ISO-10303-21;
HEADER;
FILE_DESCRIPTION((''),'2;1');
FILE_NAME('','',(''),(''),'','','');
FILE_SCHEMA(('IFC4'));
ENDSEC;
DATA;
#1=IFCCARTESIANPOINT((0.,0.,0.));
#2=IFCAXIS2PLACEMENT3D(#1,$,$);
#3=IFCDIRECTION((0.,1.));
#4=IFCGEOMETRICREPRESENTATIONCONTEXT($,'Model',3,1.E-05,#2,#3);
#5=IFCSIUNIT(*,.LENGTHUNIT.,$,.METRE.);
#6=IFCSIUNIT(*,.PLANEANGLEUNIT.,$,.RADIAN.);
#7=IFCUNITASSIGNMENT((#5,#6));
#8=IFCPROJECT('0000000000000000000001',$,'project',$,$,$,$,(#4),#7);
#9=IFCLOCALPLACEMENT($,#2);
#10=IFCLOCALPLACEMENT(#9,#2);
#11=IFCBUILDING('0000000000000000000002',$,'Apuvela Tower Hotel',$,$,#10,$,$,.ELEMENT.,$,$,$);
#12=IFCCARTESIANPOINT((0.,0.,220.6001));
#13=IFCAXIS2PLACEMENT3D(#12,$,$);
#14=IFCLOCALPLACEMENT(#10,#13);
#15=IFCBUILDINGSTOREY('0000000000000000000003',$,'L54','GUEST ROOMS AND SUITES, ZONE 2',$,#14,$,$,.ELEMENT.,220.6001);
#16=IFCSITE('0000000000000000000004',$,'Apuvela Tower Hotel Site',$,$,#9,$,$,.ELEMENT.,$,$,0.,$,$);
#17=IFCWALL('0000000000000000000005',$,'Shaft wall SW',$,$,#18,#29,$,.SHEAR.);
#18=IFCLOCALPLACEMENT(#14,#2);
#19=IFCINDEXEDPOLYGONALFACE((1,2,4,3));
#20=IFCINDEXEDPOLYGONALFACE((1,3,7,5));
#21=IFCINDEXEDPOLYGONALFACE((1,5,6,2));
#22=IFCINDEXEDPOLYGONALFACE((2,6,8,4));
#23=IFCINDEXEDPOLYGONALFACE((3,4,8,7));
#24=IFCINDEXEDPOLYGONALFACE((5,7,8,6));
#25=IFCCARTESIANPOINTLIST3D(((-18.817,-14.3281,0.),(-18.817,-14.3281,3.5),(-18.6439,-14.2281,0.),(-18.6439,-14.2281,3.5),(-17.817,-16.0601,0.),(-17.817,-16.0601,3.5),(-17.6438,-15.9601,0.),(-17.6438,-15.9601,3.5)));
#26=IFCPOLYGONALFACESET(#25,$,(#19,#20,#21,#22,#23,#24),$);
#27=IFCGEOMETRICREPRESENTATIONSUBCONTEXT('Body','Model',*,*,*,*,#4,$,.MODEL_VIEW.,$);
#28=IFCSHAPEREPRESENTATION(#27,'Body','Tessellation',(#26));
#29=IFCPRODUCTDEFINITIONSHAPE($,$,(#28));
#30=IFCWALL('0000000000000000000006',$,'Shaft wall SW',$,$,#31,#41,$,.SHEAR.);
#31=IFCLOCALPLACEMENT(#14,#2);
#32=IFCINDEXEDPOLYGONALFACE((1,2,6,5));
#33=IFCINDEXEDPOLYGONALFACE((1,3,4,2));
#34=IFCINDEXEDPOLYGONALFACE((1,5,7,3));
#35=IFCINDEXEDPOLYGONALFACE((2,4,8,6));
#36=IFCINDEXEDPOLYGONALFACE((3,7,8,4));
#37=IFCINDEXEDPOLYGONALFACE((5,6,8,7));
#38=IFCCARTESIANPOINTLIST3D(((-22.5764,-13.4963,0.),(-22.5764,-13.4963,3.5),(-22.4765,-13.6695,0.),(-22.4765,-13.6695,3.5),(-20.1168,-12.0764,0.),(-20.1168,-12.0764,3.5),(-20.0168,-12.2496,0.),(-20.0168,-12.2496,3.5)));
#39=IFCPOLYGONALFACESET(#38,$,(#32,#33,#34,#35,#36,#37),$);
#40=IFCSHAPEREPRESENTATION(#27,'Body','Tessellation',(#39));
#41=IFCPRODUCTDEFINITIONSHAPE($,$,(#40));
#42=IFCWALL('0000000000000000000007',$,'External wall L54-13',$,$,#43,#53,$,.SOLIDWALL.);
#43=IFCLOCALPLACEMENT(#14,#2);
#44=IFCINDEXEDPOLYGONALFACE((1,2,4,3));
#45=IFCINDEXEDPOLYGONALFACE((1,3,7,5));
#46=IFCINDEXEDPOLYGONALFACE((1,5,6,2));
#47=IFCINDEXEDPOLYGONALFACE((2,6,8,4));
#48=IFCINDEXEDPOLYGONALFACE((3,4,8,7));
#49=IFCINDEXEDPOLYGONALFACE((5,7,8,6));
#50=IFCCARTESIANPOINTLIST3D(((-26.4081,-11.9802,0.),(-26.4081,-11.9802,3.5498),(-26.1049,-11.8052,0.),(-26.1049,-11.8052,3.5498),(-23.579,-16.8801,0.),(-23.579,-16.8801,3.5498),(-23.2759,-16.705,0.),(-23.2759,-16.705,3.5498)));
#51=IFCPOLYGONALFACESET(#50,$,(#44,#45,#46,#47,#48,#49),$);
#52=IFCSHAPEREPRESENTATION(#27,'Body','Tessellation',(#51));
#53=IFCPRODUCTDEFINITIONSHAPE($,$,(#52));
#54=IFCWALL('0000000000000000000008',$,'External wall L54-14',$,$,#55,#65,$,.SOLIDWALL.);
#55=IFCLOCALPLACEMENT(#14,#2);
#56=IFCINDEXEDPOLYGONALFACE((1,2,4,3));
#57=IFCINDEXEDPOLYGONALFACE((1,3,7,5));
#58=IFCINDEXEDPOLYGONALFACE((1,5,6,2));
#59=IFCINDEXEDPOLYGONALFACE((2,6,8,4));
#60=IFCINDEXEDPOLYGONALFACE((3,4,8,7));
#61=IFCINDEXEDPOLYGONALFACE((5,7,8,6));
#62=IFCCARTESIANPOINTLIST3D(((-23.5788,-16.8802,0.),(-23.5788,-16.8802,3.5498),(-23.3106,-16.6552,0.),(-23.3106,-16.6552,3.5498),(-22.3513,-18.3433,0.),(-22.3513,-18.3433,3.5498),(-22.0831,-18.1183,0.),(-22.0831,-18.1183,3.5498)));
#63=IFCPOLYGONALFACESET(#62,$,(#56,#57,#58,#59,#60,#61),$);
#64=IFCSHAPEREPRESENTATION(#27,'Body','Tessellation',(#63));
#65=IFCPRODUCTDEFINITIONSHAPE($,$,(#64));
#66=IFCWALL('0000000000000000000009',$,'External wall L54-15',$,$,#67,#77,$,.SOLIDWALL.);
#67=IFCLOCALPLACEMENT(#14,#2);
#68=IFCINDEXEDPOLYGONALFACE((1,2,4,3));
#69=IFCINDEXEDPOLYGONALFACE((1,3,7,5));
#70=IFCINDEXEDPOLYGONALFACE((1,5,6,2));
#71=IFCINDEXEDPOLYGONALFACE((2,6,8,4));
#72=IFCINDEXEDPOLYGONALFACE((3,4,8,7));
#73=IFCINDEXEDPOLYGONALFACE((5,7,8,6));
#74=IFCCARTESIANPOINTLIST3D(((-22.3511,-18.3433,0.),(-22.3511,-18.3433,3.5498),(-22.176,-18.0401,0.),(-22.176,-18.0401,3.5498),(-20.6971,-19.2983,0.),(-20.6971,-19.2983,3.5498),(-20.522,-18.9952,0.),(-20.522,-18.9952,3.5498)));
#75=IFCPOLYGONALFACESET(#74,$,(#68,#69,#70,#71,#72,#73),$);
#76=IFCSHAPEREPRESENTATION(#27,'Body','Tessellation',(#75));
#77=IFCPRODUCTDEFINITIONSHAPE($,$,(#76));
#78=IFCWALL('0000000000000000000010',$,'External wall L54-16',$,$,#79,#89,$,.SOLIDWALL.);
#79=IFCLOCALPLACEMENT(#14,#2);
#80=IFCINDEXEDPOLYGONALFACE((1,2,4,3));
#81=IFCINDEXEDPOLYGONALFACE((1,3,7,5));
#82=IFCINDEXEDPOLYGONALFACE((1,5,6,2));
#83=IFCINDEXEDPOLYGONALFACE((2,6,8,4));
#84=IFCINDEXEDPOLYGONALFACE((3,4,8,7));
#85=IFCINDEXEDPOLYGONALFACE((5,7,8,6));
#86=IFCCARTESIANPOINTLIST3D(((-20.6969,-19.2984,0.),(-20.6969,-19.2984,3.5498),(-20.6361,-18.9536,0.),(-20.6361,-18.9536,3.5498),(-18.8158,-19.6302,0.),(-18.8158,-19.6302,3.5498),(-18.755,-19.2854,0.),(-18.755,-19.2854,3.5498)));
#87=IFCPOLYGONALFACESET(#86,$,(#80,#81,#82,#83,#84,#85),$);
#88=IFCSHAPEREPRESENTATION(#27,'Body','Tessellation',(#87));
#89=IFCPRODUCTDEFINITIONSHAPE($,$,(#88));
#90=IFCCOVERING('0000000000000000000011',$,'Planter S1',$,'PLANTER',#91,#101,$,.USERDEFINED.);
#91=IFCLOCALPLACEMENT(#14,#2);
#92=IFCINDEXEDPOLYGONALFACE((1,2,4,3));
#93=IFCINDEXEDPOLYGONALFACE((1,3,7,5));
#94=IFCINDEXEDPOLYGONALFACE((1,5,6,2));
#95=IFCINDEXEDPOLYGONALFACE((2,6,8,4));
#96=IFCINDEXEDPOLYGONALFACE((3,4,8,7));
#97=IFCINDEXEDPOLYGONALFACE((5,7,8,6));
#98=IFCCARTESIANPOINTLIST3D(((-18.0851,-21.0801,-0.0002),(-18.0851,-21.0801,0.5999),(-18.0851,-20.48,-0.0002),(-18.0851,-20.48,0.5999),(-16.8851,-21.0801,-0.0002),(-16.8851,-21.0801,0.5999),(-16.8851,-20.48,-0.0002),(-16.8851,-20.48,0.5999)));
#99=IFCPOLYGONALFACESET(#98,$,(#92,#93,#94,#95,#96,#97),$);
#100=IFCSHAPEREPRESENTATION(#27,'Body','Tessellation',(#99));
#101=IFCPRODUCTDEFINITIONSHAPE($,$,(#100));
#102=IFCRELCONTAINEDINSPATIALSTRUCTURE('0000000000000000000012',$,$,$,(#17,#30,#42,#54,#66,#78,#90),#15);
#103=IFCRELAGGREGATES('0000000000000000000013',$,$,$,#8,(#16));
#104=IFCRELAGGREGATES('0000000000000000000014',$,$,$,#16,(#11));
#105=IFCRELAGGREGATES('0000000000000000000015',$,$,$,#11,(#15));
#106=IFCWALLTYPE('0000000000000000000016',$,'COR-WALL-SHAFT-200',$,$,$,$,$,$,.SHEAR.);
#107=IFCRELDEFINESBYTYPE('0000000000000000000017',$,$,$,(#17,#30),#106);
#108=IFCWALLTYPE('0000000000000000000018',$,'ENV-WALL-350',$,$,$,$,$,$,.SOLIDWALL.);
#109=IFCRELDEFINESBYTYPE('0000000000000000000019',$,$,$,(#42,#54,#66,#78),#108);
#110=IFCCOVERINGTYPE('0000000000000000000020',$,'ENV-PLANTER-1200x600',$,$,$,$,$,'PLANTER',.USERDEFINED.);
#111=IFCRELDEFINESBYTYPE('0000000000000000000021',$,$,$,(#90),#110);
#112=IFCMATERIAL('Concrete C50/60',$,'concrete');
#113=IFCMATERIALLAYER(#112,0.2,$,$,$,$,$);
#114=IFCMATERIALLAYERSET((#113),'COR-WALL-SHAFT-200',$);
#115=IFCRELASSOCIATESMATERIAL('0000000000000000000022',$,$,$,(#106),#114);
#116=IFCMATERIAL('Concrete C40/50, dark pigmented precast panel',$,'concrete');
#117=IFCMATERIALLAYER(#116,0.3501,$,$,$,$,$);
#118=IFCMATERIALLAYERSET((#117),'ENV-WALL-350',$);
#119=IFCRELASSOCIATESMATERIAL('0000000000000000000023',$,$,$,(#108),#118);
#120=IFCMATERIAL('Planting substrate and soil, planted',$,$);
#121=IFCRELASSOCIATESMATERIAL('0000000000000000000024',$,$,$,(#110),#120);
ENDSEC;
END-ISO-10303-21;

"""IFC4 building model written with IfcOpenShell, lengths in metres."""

from ifc_helpers import new_model, si_unit, direction, frame, frame_2d, origin, origin_2d, place, context, subcontext, project, spatial, rectangle, extrude, material, layer, layer_set, type_object, element, save


model = new_model("IFC4")

# Units and contexts
model_context = context("Model", 3, precision=1e-05, world=origin(), true_north=direction((0.0, 1.0)))
body_context = subcontext(model_context, "Body", "Model", "MODEL_VIEW")
ifc_project = project(units=[si_unit("LENGTHUNIT", "METRE"), si_unit("PLANEANGLEUNIT", "RADIAN")], contexts=[model_context])

# Site, building, storey
site_placement = place(None, origin())
site = spatial("IfcSite", under=ifc_project, at=site_placement, Name="Apuvela Tower Hotel Site", CompositionType="ELEMENT", RefElevation=0.0)
building_placement = place(site_placement, origin())
building = spatial("IfcBuilding", under=site, at=building_placement, Name="Apuvela Tower Hotel", CompositionType="ELEMENT")
storey_placement = place(building_placement, frame((0.0, 0.0, 220.6001)))
storey = spatial("IfcBuildingStorey", under=building, at=storey_placement, Name="L54", Description="GUEST ROOMS AND SUITES, ZONE 2", CompositionType="ELEMENT", Elevation=220.6001)

# Shared definitions
ifc_material_1 = material(Name="Concrete C50/60", Category="concrete")
ifc_layer_1 = layer(ifc_material_1, 0.2)
ifc_layer_set_1 = layer_set([ifc_layer_1], Name="COR-WALL-SHAFT-200")
wall_type_1 = type_object("IfcWallType", Name="COR-WALL-SHAFT-200", PredefinedType="SHEAR", material=ifc_layer_set_1)

# Walls
for number, where, z_axis, x_axis, name in (
    (1, (-18.7305, -14.2781, 0.0), (0.0, 0.0, 1.0), (0.500025, -0.866011, 0.0), "Shaft wall SW"),
):
    element("IfcWall", number, at=place(storey_placement, frame(where, z_axis=z_axis, x_axis=x_axis)), inside=storey, type_object=wall_type_1, Name=name, PredefinedType="SHEAR", context=body_context, shape_type="SweptSolid", body=[
        extrude(rectangle(XDim=2.0, YDim=0.2, at=frame_2d((1.0, 0.0))), origin(), (0.0, 0.0, 1.0), 3.5),
    ])
wall_1_placement = place(storey_placement, frame((-20.0669, -12.1631, 0.0), z_axis=(0.0, 0.0, 1.0), x_axis=(-0.866055, -0.499948, 0.0)))
element("IfcWall", 2, at=wall_1_placement, inside=storey, type_object=wall_type_1, Name="Shaft wall SW", PredefinedType="SHEAR", context=body_context, shape_type="SweptSolid", body=[
    extrude(rectangle(XDim=2.8401, YDim=0.2, at=frame_2d((1.4199, 0.0))), origin(), (0.0, 0.0, 1.0), 3.5),
])
ifc_material_2 = material(Name="Concrete C40/50, dark pigmented precast panel", Category="concrete")
ifc_layer_2 = layer(ifc_material_2, 0.3501)
ifc_layer_set_2 = layer_set([ifc_layer_2], Name="ENV-WALL-350")
wall_type_2 = type_object("IfcWallType", Name="ENV-WALL-350", PredefinedType="SOLIDWALL", material=ifc_layer_set_2)
wall_2_placement = place(storey_placement, frame((-26.2566, -11.8926, 0.0), z_axis=(0.0, 0.0, 1.0), x_axis=(0.500019, -0.866015, 0.0)))
element("IfcWall", 3, at=wall_2_placement, inside=storey, type_object=wall_type_2, Name="External wall L54-13", PredefinedType="SOLIDWALL", context=body_context, shape_type="SweptSolid", body=[
    extrude(rectangle(XDim=5.658, YDim=0.3501, at=frame_2d((2.8291, 0.0))), origin(), (0.0, 0.0, 1.0), 3.5498),
])
for number, where, z_axis, x_axis, name in (
    (4, (-23.4448, -16.7676, 0.0), (0.0, 0.0, 1.0), (0.642733, -0.76609, 0.0), "External wall L54-14"),
    (5, (-22.2637, -18.1917, 0.0), (0.0, 0.0, 1.0), (0.866, -0.500043, 0.0), "External wall L54-15"),
):
    element("IfcWall", number, at=place(storey_placement, frame(where, z_axis=z_axis, x_axis=x_axis)), inside=storey, type_object=wall_type_2, Name=name, PredefinedType="SOLIDWALL", context=body_context, shape_type="SweptSolid", body=[
        extrude(rectangle(XDim=1.9099, YDim=0.3501, at=frame_2d((0.9551, 0.0))), origin(), (0.0, 0.0, 1.0), 3.5498),
    ])
wall_3_placement = place(storey_placement, frame((-20.6665, -19.126, 0.0), z_axis=(0.0, 0.0, 1.0), x_axis=(0.984799, -0.173698, 0.0)))
element("IfcWall", 6, at=wall_3_placement, inside=storey, type_object=wall_type_2, Name="External wall L54-16", PredefinedType="SOLIDWALL", context=body_context, shape_type="SweptSolid", body=[
    extrude(rectangle(XDim=1.9102, YDim=0.3501, at=frame_2d((0.9551, 0.0))), origin(), (0.0, 0.0, 1.0), 3.5498),
])

# Covering
ifc_material_3 = material(Name="Planting substrate and soil, planted")
covering_type = type_object("IfcCoveringType", Name="ENV-PLANTER-1200x600", ElementType="PLANTER", PredefinedType="USERDEFINED", material=ifc_material_3)
covering_placement = place(storey_placement, frame((-17.4851, -20.78, -0.0002), z_axis=(0.0, 0.0, 1.0), x_axis=(1.0, 0.0, 0.0)))
element("IfcCovering", 7, at=covering_placement, inside=storey, type_object=covering_type, Name="Planter S1", ObjectType="PLANTER", PredefinedType="USERDEFINED", context=body_context, shape_type="SweptSolid", body=[
    extrude(rectangle(XDim=1.2, YDim=0.6001, at=origin_2d()), origin(), (0.0, 0.0, 1.0), 0.6001),
])

save(model, "model.ifc")
